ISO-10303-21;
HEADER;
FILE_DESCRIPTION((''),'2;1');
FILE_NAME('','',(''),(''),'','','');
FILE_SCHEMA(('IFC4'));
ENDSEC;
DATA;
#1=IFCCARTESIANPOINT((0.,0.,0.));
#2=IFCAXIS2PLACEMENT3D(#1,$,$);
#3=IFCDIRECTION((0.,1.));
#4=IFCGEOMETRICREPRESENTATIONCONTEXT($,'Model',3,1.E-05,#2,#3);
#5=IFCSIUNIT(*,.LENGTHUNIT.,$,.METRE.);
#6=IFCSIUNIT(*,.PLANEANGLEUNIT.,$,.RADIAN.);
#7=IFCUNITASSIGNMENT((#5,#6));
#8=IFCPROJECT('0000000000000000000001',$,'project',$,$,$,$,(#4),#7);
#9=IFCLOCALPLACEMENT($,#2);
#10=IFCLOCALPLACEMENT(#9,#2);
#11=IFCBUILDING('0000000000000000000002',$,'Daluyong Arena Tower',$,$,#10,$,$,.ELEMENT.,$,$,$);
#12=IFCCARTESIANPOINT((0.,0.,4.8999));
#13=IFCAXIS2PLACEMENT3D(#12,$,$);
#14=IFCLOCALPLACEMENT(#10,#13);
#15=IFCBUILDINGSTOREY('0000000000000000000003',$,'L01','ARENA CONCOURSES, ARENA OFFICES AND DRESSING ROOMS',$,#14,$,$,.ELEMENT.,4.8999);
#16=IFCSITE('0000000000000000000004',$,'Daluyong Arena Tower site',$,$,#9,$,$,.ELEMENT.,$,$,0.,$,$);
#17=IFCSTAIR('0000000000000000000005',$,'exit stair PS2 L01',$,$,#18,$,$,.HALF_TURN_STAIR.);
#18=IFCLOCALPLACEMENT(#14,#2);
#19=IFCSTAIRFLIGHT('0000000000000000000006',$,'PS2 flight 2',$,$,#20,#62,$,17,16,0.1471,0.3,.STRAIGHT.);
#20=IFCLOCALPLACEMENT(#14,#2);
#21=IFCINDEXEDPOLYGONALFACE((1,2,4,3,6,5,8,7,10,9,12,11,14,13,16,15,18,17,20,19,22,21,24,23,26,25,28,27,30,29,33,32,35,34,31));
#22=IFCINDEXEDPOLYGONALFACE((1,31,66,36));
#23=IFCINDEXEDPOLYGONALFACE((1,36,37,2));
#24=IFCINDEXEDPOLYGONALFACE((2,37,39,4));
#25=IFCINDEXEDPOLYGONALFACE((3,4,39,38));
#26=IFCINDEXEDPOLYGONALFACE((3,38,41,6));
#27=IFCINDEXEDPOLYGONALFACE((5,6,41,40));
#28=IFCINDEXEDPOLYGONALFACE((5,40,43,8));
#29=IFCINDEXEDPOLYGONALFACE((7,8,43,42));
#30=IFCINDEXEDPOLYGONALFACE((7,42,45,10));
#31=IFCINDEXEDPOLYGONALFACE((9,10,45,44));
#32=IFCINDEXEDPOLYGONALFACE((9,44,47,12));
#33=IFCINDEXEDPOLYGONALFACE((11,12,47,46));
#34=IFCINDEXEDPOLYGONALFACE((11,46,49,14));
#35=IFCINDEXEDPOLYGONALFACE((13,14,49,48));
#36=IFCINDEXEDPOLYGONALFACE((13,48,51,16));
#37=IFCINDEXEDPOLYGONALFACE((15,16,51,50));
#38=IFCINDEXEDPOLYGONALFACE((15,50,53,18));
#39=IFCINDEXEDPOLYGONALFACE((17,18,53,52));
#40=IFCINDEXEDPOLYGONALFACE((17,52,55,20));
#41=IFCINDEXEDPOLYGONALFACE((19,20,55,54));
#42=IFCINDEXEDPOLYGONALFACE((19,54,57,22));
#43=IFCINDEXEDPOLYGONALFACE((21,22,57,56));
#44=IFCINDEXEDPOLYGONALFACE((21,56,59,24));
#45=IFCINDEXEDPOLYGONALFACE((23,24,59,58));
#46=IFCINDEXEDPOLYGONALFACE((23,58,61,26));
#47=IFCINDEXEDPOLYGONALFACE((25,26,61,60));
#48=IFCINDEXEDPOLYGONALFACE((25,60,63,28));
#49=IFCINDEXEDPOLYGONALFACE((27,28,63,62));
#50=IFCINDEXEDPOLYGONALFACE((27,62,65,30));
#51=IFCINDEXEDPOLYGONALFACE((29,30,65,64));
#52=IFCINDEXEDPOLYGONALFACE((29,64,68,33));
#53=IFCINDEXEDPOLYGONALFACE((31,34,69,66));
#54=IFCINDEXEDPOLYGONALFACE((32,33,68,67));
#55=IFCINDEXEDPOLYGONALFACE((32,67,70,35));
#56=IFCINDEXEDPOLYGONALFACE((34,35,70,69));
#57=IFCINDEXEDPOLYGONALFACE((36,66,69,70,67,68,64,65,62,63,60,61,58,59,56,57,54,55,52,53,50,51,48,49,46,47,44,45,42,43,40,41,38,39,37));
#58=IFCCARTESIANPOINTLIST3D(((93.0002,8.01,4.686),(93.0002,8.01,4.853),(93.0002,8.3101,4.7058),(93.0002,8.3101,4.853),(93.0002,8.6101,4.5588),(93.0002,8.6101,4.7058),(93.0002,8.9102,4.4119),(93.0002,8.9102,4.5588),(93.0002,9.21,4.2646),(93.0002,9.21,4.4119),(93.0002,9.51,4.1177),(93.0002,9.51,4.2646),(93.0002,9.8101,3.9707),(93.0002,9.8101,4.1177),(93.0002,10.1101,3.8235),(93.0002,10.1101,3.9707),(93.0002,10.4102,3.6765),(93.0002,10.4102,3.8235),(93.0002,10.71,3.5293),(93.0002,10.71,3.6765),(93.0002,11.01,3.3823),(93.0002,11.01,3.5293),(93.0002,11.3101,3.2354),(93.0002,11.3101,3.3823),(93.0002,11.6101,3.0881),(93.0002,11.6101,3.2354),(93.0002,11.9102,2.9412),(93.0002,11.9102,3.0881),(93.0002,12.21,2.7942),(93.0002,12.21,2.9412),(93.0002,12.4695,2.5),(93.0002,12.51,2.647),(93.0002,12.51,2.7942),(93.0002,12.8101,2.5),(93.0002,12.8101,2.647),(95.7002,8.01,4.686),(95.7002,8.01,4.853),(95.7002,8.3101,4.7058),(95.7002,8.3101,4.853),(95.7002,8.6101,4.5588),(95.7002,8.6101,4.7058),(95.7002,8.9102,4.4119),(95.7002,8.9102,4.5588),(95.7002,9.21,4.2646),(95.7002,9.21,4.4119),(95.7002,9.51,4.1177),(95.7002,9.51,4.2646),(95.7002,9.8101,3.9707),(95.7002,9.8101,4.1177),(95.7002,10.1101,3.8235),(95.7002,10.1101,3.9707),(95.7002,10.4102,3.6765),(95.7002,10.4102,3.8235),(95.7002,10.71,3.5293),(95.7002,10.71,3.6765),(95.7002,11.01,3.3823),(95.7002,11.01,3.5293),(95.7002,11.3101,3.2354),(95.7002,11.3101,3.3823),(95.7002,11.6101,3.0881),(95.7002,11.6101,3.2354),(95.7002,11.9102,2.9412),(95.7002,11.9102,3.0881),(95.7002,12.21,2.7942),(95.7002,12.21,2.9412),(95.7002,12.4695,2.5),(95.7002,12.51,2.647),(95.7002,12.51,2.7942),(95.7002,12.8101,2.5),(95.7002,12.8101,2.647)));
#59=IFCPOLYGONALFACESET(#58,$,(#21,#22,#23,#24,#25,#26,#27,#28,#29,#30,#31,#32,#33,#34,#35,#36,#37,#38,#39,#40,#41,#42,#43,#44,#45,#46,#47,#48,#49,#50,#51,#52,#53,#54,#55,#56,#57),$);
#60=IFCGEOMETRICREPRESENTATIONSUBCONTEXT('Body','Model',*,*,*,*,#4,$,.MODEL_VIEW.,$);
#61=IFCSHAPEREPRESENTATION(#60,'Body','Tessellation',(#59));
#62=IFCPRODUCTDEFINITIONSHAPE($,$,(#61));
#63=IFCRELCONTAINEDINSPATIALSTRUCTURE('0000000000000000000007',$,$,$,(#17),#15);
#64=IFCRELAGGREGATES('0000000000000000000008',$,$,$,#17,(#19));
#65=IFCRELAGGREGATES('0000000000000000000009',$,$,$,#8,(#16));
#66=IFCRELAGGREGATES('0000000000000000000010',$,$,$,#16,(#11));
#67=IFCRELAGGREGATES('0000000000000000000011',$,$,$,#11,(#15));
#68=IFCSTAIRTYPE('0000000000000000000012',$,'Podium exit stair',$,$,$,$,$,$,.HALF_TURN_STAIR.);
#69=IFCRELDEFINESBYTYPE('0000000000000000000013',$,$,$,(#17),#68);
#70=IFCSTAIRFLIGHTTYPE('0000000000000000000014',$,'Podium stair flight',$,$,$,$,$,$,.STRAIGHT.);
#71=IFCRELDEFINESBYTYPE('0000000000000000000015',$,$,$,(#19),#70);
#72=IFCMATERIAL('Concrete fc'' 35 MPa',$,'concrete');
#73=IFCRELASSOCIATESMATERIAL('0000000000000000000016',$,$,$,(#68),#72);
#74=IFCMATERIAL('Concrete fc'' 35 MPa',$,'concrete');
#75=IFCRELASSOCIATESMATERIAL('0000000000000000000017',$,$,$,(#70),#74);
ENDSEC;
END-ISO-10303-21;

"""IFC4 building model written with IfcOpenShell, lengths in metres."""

from ifc_helpers import new_model, si_unit, direction, frame, origin, place, context, subcontext, project, spatial, polyline, outline, extrude, material, type_object, element, aggregate, save


model = new_model("IFC4")

# Units and contexts
model_context = context("Model", 3, precision=1e-05, world=origin(), true_north=direction((0.0, 1.0)))
body_context = subcontext(model_context, "Body", "Model", "MODEL_VIEW")
ifc_project = project(units=[si_unit("LENGTHUNIT", "METRE"), si_unit("PLANEANGLEUNIT", "RADIAN")], contexts=[model_context])

# Site, building, storey
site_placement = place(None, origin())
site = spatial("IfcSite", under=ifc_project, at=site_placement, Name="Daluyong Arena Tower site", CompositionType="ELEMENT", RefElevation=0.0)
building_placement = place(site_placement, origin())
building = spatial("IfcBuilding", under=site, at=building_placement, Name="Daluyong Arena Tower", CompositionType="ELEMENT")
storey_placement = place(building_placement, frame((0.0, 0.0, 4.8999)))
storey = spatial("IfcBuildingStorey", under=building, at=storey_placement, Name="L01", Description="ARENA CONCOURSES, ARENA OFFICES AND DRESSING ROOMS", CompositionType="ELEMENT", Elevation=4.8999)

# Stair, stair flight
ifc_material_1 = material(Name="Concrete fc' 35 MPa", Category="concrete")
stair_type = type_object("IfcStairType", Name="Podium exit stair", PredefinedType="HALF_TURN_STAIR", material=ifc_material_1)
stair_placement = place(storey_placement, origin())
stair = element("IfcStair", 1, at=stair_placement, inside=storey, type_object=stair_type, Name="exit stair PS2 L01", PredefinedType="HALF_TURN_STAIR")
ifc_material_2 = material(Name="Concrete fc' 35 MPa", Category="concrete")
stair_flight_type = type_object("IfcStairFlightType", Name="Podium stair flight", PredefinedType="STRAIGHT", material=ifc_material_2)
stair_flight_1_placement = place(storey_placement, frame((94.3501, 12.8101, 2.5), z_axis=(0.0, 0.0, 1.0), x_axis=(0.0, -1.0, 0.0)))
stair_flight_1 = element("IfcStairFlight", 2, at=stair_flight_1_placement, type_object=stair_flight_type, Name="PS2 flight 2", NumberOfRisers=17, NumberOfTreads=16, PredefinedType="STRAIGHT", RiserHeight=0.1471, TreadLength=0.3, context=body_context, shape_type="SweptSolid", body=[
    extrude(outline(polyline([(0.0, 0.0), (0.0, 0.147), (0.3, 0.147), (0.3, 0.2942), (0.6001, 0.2942), (0.6001, 0.4412), (0.8999, 0.4412), (0.8999, 0.5881), (1.2, 0.5881), (1.2, 0.7354), (1.5, 0.7354), (1.5, 0.8823), (1.8, 0.8823), (1.8, 1.0293), (2.1001, 1.0293), (2.1001, 1.1765), (2.3999, 1.1765), (2.3999, 1.3235), (2.7, 1.3235), (2.7, 1.4707), (3.0, 1.4707), (3.0, 1.6177), (3.3, 1.6177), (3.3, 1.7646), (3.6001, 1.7646), (3.6001, 1.9119), (3.8999, 1.9119), (3.8999, 2.0588), (4.2, 2.0588), (4.2, 2.2058), (4.5, 2.2058), (4.5, 2.353), (4.8, 2.353), (4.8, 2.5), (4.8, 2.186), (0.3406, 0.0), (0.0, 0.0)])), frame((0.0, 1.3501, 0.0), z_axis=(0.0, -1.0, 0.0), x_axis=(1.0, 0.0, 0.0)), (0.0, 0.0, 1.0), 2.7),
])
aggregate(stair, [stair_flight_1])

save(model, "model.ifc")
